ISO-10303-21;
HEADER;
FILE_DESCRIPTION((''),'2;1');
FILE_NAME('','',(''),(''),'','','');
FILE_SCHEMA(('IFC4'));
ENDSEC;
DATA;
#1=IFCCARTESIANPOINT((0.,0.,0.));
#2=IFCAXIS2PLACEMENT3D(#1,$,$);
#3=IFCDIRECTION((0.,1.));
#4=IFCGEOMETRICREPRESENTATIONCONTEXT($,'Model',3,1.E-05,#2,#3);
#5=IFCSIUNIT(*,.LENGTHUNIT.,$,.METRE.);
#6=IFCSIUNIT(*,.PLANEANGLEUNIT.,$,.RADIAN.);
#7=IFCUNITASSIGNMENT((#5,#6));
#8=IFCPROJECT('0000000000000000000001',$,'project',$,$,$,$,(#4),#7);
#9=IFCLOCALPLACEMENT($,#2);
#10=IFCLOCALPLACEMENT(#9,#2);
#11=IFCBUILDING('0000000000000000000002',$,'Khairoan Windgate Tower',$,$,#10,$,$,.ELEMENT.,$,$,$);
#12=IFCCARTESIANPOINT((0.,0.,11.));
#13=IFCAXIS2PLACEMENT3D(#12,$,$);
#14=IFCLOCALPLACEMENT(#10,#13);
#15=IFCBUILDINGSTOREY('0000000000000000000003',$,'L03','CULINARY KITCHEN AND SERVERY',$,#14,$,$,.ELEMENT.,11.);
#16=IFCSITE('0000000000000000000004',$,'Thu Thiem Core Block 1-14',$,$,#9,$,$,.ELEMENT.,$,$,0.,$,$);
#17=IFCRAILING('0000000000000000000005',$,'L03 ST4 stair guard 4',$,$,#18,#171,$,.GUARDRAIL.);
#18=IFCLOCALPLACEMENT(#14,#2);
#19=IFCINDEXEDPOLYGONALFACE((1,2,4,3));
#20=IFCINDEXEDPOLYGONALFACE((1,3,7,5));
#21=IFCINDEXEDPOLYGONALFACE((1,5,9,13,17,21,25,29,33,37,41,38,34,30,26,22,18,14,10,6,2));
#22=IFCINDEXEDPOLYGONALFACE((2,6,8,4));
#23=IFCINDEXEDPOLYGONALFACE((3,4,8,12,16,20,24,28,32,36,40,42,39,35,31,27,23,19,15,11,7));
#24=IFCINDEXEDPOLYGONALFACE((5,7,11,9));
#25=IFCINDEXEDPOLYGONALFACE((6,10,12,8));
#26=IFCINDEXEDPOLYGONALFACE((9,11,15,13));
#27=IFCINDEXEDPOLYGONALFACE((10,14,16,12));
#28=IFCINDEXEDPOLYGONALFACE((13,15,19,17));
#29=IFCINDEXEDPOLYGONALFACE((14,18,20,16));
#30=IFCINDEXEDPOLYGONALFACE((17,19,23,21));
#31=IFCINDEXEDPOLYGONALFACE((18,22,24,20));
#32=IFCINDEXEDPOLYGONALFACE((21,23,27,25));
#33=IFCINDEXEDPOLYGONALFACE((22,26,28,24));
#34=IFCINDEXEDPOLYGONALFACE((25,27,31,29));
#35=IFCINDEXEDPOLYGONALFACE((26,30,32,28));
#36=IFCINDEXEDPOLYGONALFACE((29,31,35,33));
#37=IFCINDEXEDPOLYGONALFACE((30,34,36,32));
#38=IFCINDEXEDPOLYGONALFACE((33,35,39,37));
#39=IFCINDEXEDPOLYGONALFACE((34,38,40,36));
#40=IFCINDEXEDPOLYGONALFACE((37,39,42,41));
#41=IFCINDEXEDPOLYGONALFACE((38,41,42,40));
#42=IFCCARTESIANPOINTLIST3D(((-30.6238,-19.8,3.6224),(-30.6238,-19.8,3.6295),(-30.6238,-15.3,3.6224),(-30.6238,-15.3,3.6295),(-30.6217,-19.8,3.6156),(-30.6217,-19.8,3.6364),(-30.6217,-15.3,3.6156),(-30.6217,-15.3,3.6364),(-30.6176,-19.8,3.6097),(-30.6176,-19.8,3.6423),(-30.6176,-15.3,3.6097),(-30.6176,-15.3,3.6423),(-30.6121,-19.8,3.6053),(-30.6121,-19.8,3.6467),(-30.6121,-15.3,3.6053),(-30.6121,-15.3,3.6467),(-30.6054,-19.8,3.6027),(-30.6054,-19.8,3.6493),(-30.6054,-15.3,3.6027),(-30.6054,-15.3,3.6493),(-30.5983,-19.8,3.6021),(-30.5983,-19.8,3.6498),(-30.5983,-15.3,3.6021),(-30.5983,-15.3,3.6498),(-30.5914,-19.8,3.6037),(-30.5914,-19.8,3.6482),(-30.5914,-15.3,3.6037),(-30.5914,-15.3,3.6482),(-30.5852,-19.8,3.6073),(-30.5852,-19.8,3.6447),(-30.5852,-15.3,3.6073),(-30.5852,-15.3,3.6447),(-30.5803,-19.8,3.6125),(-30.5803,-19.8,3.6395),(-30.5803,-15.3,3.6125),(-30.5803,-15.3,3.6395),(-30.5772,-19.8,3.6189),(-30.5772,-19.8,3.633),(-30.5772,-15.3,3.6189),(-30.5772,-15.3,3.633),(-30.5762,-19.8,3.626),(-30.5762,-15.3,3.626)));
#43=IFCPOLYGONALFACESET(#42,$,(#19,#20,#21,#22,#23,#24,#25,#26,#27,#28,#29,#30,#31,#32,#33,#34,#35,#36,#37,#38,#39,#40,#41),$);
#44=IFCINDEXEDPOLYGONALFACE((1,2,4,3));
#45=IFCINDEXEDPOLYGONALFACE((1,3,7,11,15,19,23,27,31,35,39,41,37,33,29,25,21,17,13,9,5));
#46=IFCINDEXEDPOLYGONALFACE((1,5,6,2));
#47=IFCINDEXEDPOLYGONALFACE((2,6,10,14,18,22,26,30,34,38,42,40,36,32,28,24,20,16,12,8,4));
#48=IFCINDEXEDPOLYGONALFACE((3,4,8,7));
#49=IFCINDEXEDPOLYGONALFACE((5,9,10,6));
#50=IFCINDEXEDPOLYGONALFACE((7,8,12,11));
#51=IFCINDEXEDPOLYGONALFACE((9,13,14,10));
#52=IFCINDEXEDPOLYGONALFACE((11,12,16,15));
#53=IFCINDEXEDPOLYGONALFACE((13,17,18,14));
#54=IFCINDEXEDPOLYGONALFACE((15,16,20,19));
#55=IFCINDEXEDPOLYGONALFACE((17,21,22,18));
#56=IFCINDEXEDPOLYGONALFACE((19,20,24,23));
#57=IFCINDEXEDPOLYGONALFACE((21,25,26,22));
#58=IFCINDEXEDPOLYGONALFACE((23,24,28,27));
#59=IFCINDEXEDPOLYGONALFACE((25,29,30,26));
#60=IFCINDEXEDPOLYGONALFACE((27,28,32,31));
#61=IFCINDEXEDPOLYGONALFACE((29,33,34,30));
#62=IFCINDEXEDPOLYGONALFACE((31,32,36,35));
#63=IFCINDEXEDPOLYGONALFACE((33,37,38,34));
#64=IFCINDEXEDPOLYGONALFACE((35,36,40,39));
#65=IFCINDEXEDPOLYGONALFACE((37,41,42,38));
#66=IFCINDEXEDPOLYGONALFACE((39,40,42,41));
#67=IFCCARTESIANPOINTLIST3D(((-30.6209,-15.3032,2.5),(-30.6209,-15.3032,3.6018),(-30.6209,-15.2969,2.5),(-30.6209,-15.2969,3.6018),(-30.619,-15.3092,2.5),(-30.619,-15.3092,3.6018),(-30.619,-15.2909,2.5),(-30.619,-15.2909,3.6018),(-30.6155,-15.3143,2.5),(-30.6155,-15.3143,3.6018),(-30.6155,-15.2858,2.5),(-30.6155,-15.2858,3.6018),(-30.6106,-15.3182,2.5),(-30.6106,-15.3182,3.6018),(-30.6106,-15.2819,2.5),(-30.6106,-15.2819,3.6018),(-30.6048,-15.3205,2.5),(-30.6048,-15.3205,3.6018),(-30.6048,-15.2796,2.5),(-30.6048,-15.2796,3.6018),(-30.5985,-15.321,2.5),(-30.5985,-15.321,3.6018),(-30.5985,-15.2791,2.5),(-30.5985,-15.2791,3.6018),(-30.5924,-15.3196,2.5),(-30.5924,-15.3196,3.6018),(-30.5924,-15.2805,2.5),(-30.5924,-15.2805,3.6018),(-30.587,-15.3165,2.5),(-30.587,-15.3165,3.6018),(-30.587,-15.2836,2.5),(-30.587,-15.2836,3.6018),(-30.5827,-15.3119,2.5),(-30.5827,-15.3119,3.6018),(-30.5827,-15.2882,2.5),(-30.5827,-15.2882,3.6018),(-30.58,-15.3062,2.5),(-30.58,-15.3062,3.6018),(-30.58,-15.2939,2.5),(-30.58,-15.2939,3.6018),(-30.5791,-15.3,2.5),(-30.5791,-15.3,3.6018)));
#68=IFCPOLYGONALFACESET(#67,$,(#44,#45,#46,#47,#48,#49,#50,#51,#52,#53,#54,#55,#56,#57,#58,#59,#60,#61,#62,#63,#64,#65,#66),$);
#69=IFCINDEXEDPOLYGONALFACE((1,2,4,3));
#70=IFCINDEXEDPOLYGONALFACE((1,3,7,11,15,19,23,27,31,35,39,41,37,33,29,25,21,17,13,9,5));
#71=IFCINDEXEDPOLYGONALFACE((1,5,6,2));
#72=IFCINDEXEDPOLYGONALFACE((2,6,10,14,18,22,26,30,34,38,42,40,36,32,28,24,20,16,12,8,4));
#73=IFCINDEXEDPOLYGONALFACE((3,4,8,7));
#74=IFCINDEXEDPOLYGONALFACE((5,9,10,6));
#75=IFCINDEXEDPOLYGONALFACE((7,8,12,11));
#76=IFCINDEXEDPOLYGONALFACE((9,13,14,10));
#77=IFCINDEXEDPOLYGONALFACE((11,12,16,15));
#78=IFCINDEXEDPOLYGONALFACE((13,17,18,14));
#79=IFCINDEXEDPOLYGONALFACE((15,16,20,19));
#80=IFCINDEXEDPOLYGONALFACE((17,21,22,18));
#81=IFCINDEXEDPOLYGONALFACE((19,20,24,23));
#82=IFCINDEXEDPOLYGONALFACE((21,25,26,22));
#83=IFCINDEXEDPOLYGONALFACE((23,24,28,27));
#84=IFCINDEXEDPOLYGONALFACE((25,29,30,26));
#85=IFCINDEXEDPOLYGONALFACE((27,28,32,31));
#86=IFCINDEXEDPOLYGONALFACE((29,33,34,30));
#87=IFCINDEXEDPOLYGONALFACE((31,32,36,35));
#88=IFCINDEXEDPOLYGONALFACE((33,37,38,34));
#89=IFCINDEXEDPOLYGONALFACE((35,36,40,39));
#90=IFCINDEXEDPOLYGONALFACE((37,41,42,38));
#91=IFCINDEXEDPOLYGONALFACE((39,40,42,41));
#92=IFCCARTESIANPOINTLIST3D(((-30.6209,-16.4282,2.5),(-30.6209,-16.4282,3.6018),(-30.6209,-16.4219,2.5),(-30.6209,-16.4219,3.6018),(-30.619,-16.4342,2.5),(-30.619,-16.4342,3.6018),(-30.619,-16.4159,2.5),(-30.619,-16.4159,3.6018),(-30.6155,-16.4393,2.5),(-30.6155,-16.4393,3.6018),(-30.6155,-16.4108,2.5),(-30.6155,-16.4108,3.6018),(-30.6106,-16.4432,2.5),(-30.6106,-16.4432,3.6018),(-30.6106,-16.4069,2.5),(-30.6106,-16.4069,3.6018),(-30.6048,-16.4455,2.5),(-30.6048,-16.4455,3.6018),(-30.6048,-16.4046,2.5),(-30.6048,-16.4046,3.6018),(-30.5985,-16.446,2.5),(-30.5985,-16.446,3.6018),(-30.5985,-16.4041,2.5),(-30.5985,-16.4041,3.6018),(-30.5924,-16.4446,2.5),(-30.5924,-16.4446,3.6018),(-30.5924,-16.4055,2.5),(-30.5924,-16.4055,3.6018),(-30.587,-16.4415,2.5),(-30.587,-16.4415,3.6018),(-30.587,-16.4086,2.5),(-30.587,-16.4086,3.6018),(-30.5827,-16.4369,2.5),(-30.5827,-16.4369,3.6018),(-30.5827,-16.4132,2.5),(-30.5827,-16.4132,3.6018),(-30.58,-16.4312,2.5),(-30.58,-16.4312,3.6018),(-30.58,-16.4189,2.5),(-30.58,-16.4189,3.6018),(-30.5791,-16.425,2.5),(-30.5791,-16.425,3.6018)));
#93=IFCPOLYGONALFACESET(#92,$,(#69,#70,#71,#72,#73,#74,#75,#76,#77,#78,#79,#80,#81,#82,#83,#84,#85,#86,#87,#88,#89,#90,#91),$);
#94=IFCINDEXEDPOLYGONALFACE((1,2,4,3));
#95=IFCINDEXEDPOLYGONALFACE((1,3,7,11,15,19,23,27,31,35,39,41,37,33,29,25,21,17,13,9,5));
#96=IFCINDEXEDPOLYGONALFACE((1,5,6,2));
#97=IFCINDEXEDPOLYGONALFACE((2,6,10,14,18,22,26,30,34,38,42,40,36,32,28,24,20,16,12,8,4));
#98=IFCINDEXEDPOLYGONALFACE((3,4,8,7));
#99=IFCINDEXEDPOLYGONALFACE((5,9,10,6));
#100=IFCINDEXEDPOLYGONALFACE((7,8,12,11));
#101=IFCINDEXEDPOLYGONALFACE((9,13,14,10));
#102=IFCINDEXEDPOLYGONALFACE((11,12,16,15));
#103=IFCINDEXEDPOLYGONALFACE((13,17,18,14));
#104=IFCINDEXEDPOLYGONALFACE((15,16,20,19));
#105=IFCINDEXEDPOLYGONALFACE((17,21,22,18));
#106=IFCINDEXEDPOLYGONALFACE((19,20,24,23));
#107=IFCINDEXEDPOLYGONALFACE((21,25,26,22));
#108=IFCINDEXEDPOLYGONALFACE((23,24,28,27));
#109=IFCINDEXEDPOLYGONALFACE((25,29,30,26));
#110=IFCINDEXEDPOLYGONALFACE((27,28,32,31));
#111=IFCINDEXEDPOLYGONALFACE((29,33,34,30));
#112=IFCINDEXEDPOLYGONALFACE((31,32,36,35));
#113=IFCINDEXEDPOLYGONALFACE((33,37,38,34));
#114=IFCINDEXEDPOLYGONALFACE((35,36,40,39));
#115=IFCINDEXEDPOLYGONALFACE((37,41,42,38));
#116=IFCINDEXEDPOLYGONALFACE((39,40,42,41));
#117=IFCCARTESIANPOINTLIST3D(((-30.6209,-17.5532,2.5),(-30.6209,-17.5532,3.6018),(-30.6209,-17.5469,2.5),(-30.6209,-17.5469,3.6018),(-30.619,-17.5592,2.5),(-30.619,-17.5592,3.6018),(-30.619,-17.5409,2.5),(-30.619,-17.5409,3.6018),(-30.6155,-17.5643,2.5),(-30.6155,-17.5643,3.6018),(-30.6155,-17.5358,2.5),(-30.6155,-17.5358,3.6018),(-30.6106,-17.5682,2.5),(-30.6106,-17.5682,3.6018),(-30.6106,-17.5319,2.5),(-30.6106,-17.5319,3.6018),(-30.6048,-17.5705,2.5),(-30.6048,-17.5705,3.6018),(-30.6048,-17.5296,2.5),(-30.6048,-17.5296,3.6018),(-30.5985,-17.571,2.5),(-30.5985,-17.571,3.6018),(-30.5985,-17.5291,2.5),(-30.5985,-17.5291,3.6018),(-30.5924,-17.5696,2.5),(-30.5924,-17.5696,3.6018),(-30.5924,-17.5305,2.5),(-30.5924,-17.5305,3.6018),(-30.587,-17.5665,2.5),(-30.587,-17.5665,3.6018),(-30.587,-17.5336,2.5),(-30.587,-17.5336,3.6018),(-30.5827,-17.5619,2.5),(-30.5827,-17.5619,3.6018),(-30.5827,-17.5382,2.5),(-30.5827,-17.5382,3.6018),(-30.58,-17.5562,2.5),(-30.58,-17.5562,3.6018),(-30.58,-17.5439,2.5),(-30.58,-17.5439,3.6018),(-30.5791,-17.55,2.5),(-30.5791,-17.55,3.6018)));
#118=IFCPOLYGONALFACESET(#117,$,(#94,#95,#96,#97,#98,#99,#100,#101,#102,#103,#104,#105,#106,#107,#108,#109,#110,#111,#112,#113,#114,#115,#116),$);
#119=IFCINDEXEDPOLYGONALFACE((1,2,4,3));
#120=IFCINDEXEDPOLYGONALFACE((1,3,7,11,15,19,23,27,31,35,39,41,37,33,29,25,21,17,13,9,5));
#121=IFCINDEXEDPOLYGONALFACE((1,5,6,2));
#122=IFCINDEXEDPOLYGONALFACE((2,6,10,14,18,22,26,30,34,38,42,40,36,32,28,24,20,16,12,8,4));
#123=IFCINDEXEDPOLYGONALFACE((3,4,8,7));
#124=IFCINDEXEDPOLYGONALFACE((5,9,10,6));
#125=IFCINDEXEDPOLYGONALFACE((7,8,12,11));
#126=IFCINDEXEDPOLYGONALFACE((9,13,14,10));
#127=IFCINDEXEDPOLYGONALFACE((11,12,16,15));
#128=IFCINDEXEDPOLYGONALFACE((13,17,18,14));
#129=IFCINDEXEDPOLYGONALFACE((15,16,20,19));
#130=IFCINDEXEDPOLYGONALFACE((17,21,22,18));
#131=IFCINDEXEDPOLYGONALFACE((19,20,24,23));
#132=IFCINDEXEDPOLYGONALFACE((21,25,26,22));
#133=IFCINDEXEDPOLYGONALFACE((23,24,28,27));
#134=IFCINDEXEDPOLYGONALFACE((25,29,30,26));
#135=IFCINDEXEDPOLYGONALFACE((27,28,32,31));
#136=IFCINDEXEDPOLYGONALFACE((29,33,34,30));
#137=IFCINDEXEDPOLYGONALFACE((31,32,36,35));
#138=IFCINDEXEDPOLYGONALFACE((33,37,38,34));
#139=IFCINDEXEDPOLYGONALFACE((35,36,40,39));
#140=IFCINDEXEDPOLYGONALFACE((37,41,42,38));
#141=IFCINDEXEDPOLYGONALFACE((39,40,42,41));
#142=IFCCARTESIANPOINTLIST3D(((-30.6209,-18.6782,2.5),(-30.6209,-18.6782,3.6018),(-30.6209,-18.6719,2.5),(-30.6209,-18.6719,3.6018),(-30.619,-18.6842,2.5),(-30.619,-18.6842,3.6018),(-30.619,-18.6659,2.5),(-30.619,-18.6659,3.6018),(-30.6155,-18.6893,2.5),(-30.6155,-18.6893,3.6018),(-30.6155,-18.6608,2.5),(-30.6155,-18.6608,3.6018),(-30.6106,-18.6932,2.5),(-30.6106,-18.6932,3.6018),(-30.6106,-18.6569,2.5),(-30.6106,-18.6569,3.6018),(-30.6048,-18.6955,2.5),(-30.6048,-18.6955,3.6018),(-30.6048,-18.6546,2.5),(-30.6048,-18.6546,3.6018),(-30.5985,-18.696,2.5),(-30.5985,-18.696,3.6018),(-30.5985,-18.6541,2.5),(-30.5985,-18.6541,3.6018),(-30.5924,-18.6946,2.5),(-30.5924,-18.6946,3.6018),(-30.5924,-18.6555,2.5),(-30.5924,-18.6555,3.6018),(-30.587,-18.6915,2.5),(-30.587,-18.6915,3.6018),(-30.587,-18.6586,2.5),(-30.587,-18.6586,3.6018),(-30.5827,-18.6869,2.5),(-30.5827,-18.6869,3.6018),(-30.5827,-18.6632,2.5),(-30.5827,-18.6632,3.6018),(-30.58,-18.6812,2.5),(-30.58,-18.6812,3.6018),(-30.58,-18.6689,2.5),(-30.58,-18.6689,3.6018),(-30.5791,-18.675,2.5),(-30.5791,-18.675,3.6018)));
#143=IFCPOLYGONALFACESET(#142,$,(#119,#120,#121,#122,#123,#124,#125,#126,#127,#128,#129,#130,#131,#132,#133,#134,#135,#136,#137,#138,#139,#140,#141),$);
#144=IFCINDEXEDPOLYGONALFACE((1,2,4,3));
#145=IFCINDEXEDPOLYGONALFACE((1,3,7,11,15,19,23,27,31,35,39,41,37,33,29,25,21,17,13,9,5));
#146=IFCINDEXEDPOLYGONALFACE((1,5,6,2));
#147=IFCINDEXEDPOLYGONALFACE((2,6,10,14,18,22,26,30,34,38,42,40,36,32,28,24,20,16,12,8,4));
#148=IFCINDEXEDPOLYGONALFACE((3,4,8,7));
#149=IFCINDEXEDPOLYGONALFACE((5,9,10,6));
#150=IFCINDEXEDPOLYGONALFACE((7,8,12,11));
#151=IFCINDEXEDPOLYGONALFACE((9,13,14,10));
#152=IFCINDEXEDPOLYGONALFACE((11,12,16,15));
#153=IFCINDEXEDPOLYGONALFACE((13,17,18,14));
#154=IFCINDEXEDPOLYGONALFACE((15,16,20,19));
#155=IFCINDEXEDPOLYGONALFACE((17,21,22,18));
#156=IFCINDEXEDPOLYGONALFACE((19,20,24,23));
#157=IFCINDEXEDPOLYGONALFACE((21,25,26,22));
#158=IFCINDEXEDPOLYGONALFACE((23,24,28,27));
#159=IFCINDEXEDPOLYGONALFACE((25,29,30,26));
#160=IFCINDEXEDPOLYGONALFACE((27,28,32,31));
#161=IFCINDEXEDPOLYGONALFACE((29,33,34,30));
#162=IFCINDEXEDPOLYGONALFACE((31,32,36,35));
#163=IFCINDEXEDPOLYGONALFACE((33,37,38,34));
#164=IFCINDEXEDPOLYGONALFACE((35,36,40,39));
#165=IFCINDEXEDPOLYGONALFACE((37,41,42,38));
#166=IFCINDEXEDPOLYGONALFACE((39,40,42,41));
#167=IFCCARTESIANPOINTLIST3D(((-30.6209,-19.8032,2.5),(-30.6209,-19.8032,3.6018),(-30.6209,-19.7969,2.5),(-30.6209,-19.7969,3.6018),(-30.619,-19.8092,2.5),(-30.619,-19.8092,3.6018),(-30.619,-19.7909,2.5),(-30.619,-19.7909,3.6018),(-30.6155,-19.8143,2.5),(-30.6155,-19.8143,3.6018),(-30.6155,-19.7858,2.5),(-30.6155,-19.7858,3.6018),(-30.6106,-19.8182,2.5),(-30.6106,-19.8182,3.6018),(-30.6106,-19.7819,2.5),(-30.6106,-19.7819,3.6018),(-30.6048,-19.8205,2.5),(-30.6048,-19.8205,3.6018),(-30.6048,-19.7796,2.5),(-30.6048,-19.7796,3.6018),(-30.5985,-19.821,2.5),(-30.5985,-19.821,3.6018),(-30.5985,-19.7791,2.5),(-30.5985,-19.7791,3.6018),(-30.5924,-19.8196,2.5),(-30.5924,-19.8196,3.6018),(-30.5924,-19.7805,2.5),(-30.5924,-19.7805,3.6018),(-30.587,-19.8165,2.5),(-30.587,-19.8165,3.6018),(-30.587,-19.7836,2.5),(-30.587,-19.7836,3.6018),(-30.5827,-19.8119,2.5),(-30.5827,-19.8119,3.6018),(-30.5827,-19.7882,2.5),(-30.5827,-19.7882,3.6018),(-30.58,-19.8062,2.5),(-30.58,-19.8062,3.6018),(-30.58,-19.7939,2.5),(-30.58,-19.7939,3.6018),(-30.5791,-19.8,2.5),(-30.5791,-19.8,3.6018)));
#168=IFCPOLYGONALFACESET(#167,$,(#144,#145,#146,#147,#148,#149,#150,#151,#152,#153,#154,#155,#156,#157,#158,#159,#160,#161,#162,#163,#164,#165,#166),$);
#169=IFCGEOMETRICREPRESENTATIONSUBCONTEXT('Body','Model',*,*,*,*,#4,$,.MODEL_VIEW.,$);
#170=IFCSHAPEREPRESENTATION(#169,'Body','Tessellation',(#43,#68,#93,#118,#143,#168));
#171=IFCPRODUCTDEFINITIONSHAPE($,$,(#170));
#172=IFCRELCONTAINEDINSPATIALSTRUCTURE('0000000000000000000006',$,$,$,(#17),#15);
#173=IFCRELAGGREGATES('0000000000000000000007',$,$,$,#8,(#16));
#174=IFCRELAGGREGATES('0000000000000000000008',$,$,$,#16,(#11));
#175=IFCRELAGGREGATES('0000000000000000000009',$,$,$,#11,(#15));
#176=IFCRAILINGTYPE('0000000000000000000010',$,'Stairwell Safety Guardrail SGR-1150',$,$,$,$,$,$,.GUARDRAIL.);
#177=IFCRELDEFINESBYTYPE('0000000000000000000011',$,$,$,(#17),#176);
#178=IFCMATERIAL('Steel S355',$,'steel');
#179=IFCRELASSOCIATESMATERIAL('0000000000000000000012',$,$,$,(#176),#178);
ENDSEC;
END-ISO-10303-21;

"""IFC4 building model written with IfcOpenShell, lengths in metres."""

from ifc_helpers import new_model, si_unit, direction, frame, origin, origin_2d, place, context, subcontext, project, spatial, circle, extrude, material, type_object, element, save


model = new_model("IFC4")

# Units and contexts
model_context = context("Model", 3, precision=1e-05, world=origin(), true_north=direction((0.0, 1.0)))
body_context = subcontext(model_context, "Body", "Model", "MODEL_VIEW")
ifc_project = project(units=[si_unit("LENGTHUNIT", "METRE"), si_unit("PLANEANGLEUNIT", "RADIAN")], contexts=[model_context])

# Site, building, storey
site_placement = place(None, origin())
site = spatial("IfcSite", under=ifc_project, at=site_placement, Name="Thu Thiem Core Block 1-14", CompositionType="ELEMENT", RefElevation=0.0)
building_placement = place(site_placement, origin())
building = spatial("IfcBuilding", under=site, at=building_placement, Name="Khairoan Windgate Tower", CompositionType="ELEMENT")
storey_placement = place(building_placement, frame((0.0, 0.0, 11.0)))
storey = spatial("IfcBuildingStorey", under=building, at=storey_placement, Name="L03", Description="CULINARY KITCHEN AND SERVERY", CompositionType="ELEMENT", Elevation=11.0)

# Railing
ifc_material_1 = material(Name="Steel S355", Category="steel")
railing_type_1 = type_object("IfcRailingType", Name="Stairwell Safety Guardrail SGR-1150", PredefinedType="GUARDRAIL", material=ifc_material_1)
railing_1_placement = place(storey_placement, frame((-30.6001, -15.3, 2.5)))
element("IfcRailing", 1, at=railing_1_placement, inside=storey, type_object=railing_type_1, Name="L03 ST4 stair guard 4", PredefinedType="GUARDRAIL", context=body_context, shape_type="SweptSolid", body=[
    extrude(circle(Radius=0.0239, at=origin_2d()), frame((0.0, 0.0, 1.126), z_axis=(0.0, -1.0, 0.0), x_axis=(1.0, 0.0, 0.0)), (0.0, 0.0, 1.0), 4.5),
    extrude(circle(Radius=0.021, at=origin_2d()), origin(), (0.0, 0.0, 1.0), 1.1018),
    extrude(circle(Radius=0.021, at=origin_2d()), frame((0.0, -1.125, 0.0)), (0.0, 0.0, 1.0), 1.1018),
    extrude(circle(Radius=0.021, at=origin_2d()), frame((0.0, -2.25, 0.0)), (0.0, 0.0, 1.0), 1.1018),
    extrude(circle(Radius=0.021, at=origin_2d()), frame((0.0, -3.375, 0.0)), (0.0, 0.0, 1.0), 1.1018),
    extrude(circle(Radius=0.021, at=origin_2d()), frame((0.0, -4.5, 0.0)), (0.0, 0.0, 1.0), 1.1018),
])

save(model, "model.ifc")
